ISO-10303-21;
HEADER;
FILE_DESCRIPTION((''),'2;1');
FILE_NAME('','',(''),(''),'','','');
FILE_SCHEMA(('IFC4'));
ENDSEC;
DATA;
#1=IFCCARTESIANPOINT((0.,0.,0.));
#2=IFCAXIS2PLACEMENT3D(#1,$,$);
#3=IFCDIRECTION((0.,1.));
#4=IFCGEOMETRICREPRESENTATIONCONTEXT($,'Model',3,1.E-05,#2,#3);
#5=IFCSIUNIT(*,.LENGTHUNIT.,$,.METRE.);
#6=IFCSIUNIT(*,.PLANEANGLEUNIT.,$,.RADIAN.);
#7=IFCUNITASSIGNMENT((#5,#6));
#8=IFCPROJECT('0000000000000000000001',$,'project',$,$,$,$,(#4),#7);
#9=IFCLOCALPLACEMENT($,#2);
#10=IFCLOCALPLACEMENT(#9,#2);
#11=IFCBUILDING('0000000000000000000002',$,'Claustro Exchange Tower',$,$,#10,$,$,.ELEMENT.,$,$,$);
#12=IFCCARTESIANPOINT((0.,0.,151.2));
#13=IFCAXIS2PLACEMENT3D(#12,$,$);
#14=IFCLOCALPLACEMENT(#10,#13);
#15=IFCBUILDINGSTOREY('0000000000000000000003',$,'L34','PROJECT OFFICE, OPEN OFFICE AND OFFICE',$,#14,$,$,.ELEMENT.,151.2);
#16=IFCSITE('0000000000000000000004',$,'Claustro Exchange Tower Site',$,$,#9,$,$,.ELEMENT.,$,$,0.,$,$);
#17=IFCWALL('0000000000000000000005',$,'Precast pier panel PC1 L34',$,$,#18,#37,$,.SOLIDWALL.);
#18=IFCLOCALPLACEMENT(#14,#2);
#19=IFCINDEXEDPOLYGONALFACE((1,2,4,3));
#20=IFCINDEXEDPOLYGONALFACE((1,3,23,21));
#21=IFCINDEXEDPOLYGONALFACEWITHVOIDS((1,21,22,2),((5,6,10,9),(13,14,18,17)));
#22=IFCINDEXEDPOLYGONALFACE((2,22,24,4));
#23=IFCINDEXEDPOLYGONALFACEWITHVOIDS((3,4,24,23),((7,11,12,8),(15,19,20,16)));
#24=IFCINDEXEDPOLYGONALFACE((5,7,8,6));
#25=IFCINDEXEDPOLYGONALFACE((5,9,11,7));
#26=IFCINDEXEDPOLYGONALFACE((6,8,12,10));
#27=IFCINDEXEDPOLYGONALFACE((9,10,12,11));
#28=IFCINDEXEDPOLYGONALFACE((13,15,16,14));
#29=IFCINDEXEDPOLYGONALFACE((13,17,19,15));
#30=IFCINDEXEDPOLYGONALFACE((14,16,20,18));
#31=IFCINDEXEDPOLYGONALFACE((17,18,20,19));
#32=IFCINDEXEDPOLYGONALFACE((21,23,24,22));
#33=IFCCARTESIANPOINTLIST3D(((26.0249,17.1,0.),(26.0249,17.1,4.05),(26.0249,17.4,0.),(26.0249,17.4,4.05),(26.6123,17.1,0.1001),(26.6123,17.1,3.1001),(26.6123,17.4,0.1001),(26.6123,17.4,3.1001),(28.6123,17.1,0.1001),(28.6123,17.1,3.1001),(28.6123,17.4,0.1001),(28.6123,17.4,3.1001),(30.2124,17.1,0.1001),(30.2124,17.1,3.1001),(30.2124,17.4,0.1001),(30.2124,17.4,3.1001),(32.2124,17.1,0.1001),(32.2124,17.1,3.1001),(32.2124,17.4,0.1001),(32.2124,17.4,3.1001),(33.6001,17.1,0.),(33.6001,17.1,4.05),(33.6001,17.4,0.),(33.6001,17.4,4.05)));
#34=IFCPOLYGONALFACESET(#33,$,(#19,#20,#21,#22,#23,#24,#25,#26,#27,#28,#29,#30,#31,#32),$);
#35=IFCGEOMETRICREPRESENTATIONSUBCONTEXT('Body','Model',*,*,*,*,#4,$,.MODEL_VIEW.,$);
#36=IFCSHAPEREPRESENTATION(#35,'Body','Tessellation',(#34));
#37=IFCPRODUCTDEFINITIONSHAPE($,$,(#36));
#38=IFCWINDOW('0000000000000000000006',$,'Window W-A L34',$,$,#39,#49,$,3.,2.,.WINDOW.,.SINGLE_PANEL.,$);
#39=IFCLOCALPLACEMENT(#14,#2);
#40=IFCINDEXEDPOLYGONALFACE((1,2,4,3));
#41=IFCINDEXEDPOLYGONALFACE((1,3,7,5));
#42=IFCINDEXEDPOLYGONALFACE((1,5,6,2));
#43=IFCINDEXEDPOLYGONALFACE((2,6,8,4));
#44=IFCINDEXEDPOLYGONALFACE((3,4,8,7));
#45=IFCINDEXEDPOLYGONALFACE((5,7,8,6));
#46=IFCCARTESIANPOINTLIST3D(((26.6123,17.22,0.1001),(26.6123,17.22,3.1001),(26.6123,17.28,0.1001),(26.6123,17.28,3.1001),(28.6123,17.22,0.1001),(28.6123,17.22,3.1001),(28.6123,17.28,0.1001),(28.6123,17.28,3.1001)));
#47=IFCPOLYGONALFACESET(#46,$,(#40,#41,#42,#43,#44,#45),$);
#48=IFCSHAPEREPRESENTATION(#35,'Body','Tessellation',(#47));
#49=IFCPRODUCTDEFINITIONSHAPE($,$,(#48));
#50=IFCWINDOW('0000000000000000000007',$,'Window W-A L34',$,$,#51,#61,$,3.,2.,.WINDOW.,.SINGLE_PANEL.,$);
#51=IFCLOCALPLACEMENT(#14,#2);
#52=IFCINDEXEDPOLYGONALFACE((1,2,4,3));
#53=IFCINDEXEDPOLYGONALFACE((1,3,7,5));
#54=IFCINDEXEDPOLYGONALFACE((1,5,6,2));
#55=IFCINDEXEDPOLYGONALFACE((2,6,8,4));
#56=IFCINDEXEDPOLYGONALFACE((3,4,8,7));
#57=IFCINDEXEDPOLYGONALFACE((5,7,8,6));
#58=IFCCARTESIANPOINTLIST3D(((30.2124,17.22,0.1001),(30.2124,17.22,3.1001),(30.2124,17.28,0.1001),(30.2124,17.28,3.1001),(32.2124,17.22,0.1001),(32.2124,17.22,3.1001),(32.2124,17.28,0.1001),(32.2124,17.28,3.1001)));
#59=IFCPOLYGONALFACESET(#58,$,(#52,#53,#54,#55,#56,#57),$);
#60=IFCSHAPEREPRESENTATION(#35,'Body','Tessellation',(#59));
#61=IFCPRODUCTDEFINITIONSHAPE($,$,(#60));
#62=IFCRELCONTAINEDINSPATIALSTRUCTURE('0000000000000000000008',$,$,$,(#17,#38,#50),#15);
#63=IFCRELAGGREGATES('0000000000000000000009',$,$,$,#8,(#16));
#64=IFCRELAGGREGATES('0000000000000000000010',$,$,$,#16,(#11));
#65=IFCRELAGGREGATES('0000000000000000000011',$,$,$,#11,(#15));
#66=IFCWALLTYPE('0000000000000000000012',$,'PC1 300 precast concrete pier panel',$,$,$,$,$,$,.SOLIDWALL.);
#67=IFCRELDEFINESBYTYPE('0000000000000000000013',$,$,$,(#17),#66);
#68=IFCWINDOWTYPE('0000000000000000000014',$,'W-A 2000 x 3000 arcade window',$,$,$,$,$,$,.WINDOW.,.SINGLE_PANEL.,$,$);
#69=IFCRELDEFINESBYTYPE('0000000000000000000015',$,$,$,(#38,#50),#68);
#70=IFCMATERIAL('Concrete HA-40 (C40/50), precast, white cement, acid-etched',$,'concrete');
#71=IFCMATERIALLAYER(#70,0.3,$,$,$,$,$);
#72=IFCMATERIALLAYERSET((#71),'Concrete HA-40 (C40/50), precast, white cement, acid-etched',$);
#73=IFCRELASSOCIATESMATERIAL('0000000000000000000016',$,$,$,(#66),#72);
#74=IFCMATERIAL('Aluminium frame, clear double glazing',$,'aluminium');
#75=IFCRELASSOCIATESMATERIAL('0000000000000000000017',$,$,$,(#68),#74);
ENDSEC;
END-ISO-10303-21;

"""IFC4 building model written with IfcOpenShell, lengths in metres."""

from ifc_helpers import new_model, si_unit, direction, frame, frame_2d, origin, place, context, subcontext, project, spatial, rectangle, extrude, material, layer, layer_set, type_object, element, fill, save


model = new_model("IFC4")

# Units and contexts
model_context = context("Model", 3, precision=1e-05, world=origin(), true_north=direction((0.0, 1.0)))
body_context = subcontext(model_context, "Body", "Model", "MODEL_VIEW")
ifc_project = project(units=[si_unit("LENGTHUNIT", "METRE"), si_unit("PLANEANGLEUNIT", "RADIAN")], contexts=[model_context])

# Site, building, storey
site_placement = place(None, origin())
site = spatial("IfcSite", under=ifc_project, at=site_placement, Name="Claustro Exchange Tower Site", CompositionType="ELEMENT", RefElevation=0.0)
building_placement = place(site_placement, origin())
building = spatial("IfcBuilding", under=site, at=building_placement, Name="Claustro Exchange Tower", CompositionType="ELEMENT")
storey_placement = place(building_placement, frame((0.0, 0.0, 151.2)))
storey = spatial("IfcBuildingStorey", under=building, at=storey_placement, Name="L34", Description="PROJECT OFFICE, OPEN OFFICE AND OFFICE", CompositionType="ELEMENT", Elevation=151.2)

# Shared definitions
ifc_material_1 = material(Name="Concrete HA-40 (C40/50), precast, white cement, acid-etched", Category="concrete")
ifc_layer_1 = layer(ifc_material_1, 0.3)
ifc_layer_set_1 = layer_set([ifc_layer_1], Name="Concrete HA-40 (C40/50), precast, white cement, acid-etched")
wall_type_1 = type_object("IfcWallType", Name="PC1 300 precast concrete pier panel", PredefinedType="SOLIDWALL", material=ifc_layer_set_1)
ifc_material_2 = material(Name="Aluminium frame, clear double glazing", Category="aluminium")
window_type = type_object("IfcWindowType", Name="W-A 2000 x 3000 arcade window", PartitioningType="SINGLE_PANEL", PredefinedType="WINDOW", material=ifc_material_2)

# Wall, openings, windows
wall_1_placement = place(storey_placement, frame((26.0249, 17.25, 0.0), z_axis=(0.0, 0.0, 1.0), x_axis=(1.0, 0.0, 0.0)))
wall_1 = element("IfcWall", 1, at=wall_1_placement, inside=storey, type_object=wall_type_1, Name="Precast pier panel PC1 L34", PredefinedType="SOLIDWALL", context=body_context, shape_type="SweptSolid", body=[
    extrude(rectangle(XDim=7.5752, YDim=0.3, at=frame_2d((3.7876, 0.0))), origin(), (0.0, 0.0, 1.0), 4.05),
])
opening_1_placement = place(wall_1_placement, frame((0.5874, 0.0, 0.1001)))
opening_1 = element("IfcOpeningElement", 2, at=opening_1_placement, cuts=wall_1, PredefinedType="OPENING", context=body_context, shape_type="SweptSolid", body=[
    extrude(rectangle(XDim=2.0, YDim=3.0, at=frame_2d((1.0, 1.5))), frame((0.0, 0.1599, 0.0), z_axis=(0.0, -1.0, 0.0), x_axis=(1.0, 0.0, 0.0)), (0.0, 0.0, 1.0), 0.3201),
])
opening_2_placement = place(wall_1_placement, frame((4.1875, 0.0, 0.1001)))
opening_2 = element("IfcOpeningElement", 3, at=opening_2_placement, cuts=wall_1, PredefinedType="OPENING", context=body_context, shape_type="SweptSolid", body=[
    extrude(rectangle(XDim=2.0, YDim=3.0, at=frame_2d((1.0, 1.5))), frame((0.0, 0.1599, 0.0), z_axis=(0.0, -1.0, 0.0), x_axis=(1.0, 0.0, 0.0)), (0.0, 0.0, 1.0), 0.3201),
])
window_1_placement = place(opening_1_placement, origin())
window_1 = element("IfcWindow", 4, at=window_1_placement, inside=storey, type_object=window_type, Name="Window W-A L34", OverallHeight=3.0, OverallWidth=2.0, PartitioningType="SINGLE_PANEL", PredefinedType="WINDOW", context=body_context, shape_type="SweptSolid", body=[
    extrude(rectangle(XDim=2.0, YDim=3.0, at=frame_2d((1.0, 1.5))), frame((0.0, 0.03, 0.0), z_axis=(0.0, -1.0, 0.0), x_axis=(1.0, 0.0, 0.0)), (0.0, 0.0, 1.0), 0.0601),
])
fill(opening_1, window_1)
window_2_placement = place(opening_2_placement, origin())
window_2 = element("IfcWindow", 5, at=window_2_placement, inside=storey, type_object=window_type, Name="Window W-A L34", OverallHeight=3.0, OverallWidth=2.0, PartitioningType="SINGLE_PANEL", PredefinedType="WINDOW", context=body_context, shape_type="SweptSolid", body=[
    extrude(rectangle(XDim=2.0, YDim=3.0, at=frame_2d((1.0, 1.5))), frame((0.0, 0.03, 0.0), z_axis=(0.0, -1.0, 0.0), x_axis=(1.0, 0.0, 0.0)), (0.0, 0.0, 1.0), 0.0601),
])
fill(opening_2, window_2)

save(model, "model.ifc")
